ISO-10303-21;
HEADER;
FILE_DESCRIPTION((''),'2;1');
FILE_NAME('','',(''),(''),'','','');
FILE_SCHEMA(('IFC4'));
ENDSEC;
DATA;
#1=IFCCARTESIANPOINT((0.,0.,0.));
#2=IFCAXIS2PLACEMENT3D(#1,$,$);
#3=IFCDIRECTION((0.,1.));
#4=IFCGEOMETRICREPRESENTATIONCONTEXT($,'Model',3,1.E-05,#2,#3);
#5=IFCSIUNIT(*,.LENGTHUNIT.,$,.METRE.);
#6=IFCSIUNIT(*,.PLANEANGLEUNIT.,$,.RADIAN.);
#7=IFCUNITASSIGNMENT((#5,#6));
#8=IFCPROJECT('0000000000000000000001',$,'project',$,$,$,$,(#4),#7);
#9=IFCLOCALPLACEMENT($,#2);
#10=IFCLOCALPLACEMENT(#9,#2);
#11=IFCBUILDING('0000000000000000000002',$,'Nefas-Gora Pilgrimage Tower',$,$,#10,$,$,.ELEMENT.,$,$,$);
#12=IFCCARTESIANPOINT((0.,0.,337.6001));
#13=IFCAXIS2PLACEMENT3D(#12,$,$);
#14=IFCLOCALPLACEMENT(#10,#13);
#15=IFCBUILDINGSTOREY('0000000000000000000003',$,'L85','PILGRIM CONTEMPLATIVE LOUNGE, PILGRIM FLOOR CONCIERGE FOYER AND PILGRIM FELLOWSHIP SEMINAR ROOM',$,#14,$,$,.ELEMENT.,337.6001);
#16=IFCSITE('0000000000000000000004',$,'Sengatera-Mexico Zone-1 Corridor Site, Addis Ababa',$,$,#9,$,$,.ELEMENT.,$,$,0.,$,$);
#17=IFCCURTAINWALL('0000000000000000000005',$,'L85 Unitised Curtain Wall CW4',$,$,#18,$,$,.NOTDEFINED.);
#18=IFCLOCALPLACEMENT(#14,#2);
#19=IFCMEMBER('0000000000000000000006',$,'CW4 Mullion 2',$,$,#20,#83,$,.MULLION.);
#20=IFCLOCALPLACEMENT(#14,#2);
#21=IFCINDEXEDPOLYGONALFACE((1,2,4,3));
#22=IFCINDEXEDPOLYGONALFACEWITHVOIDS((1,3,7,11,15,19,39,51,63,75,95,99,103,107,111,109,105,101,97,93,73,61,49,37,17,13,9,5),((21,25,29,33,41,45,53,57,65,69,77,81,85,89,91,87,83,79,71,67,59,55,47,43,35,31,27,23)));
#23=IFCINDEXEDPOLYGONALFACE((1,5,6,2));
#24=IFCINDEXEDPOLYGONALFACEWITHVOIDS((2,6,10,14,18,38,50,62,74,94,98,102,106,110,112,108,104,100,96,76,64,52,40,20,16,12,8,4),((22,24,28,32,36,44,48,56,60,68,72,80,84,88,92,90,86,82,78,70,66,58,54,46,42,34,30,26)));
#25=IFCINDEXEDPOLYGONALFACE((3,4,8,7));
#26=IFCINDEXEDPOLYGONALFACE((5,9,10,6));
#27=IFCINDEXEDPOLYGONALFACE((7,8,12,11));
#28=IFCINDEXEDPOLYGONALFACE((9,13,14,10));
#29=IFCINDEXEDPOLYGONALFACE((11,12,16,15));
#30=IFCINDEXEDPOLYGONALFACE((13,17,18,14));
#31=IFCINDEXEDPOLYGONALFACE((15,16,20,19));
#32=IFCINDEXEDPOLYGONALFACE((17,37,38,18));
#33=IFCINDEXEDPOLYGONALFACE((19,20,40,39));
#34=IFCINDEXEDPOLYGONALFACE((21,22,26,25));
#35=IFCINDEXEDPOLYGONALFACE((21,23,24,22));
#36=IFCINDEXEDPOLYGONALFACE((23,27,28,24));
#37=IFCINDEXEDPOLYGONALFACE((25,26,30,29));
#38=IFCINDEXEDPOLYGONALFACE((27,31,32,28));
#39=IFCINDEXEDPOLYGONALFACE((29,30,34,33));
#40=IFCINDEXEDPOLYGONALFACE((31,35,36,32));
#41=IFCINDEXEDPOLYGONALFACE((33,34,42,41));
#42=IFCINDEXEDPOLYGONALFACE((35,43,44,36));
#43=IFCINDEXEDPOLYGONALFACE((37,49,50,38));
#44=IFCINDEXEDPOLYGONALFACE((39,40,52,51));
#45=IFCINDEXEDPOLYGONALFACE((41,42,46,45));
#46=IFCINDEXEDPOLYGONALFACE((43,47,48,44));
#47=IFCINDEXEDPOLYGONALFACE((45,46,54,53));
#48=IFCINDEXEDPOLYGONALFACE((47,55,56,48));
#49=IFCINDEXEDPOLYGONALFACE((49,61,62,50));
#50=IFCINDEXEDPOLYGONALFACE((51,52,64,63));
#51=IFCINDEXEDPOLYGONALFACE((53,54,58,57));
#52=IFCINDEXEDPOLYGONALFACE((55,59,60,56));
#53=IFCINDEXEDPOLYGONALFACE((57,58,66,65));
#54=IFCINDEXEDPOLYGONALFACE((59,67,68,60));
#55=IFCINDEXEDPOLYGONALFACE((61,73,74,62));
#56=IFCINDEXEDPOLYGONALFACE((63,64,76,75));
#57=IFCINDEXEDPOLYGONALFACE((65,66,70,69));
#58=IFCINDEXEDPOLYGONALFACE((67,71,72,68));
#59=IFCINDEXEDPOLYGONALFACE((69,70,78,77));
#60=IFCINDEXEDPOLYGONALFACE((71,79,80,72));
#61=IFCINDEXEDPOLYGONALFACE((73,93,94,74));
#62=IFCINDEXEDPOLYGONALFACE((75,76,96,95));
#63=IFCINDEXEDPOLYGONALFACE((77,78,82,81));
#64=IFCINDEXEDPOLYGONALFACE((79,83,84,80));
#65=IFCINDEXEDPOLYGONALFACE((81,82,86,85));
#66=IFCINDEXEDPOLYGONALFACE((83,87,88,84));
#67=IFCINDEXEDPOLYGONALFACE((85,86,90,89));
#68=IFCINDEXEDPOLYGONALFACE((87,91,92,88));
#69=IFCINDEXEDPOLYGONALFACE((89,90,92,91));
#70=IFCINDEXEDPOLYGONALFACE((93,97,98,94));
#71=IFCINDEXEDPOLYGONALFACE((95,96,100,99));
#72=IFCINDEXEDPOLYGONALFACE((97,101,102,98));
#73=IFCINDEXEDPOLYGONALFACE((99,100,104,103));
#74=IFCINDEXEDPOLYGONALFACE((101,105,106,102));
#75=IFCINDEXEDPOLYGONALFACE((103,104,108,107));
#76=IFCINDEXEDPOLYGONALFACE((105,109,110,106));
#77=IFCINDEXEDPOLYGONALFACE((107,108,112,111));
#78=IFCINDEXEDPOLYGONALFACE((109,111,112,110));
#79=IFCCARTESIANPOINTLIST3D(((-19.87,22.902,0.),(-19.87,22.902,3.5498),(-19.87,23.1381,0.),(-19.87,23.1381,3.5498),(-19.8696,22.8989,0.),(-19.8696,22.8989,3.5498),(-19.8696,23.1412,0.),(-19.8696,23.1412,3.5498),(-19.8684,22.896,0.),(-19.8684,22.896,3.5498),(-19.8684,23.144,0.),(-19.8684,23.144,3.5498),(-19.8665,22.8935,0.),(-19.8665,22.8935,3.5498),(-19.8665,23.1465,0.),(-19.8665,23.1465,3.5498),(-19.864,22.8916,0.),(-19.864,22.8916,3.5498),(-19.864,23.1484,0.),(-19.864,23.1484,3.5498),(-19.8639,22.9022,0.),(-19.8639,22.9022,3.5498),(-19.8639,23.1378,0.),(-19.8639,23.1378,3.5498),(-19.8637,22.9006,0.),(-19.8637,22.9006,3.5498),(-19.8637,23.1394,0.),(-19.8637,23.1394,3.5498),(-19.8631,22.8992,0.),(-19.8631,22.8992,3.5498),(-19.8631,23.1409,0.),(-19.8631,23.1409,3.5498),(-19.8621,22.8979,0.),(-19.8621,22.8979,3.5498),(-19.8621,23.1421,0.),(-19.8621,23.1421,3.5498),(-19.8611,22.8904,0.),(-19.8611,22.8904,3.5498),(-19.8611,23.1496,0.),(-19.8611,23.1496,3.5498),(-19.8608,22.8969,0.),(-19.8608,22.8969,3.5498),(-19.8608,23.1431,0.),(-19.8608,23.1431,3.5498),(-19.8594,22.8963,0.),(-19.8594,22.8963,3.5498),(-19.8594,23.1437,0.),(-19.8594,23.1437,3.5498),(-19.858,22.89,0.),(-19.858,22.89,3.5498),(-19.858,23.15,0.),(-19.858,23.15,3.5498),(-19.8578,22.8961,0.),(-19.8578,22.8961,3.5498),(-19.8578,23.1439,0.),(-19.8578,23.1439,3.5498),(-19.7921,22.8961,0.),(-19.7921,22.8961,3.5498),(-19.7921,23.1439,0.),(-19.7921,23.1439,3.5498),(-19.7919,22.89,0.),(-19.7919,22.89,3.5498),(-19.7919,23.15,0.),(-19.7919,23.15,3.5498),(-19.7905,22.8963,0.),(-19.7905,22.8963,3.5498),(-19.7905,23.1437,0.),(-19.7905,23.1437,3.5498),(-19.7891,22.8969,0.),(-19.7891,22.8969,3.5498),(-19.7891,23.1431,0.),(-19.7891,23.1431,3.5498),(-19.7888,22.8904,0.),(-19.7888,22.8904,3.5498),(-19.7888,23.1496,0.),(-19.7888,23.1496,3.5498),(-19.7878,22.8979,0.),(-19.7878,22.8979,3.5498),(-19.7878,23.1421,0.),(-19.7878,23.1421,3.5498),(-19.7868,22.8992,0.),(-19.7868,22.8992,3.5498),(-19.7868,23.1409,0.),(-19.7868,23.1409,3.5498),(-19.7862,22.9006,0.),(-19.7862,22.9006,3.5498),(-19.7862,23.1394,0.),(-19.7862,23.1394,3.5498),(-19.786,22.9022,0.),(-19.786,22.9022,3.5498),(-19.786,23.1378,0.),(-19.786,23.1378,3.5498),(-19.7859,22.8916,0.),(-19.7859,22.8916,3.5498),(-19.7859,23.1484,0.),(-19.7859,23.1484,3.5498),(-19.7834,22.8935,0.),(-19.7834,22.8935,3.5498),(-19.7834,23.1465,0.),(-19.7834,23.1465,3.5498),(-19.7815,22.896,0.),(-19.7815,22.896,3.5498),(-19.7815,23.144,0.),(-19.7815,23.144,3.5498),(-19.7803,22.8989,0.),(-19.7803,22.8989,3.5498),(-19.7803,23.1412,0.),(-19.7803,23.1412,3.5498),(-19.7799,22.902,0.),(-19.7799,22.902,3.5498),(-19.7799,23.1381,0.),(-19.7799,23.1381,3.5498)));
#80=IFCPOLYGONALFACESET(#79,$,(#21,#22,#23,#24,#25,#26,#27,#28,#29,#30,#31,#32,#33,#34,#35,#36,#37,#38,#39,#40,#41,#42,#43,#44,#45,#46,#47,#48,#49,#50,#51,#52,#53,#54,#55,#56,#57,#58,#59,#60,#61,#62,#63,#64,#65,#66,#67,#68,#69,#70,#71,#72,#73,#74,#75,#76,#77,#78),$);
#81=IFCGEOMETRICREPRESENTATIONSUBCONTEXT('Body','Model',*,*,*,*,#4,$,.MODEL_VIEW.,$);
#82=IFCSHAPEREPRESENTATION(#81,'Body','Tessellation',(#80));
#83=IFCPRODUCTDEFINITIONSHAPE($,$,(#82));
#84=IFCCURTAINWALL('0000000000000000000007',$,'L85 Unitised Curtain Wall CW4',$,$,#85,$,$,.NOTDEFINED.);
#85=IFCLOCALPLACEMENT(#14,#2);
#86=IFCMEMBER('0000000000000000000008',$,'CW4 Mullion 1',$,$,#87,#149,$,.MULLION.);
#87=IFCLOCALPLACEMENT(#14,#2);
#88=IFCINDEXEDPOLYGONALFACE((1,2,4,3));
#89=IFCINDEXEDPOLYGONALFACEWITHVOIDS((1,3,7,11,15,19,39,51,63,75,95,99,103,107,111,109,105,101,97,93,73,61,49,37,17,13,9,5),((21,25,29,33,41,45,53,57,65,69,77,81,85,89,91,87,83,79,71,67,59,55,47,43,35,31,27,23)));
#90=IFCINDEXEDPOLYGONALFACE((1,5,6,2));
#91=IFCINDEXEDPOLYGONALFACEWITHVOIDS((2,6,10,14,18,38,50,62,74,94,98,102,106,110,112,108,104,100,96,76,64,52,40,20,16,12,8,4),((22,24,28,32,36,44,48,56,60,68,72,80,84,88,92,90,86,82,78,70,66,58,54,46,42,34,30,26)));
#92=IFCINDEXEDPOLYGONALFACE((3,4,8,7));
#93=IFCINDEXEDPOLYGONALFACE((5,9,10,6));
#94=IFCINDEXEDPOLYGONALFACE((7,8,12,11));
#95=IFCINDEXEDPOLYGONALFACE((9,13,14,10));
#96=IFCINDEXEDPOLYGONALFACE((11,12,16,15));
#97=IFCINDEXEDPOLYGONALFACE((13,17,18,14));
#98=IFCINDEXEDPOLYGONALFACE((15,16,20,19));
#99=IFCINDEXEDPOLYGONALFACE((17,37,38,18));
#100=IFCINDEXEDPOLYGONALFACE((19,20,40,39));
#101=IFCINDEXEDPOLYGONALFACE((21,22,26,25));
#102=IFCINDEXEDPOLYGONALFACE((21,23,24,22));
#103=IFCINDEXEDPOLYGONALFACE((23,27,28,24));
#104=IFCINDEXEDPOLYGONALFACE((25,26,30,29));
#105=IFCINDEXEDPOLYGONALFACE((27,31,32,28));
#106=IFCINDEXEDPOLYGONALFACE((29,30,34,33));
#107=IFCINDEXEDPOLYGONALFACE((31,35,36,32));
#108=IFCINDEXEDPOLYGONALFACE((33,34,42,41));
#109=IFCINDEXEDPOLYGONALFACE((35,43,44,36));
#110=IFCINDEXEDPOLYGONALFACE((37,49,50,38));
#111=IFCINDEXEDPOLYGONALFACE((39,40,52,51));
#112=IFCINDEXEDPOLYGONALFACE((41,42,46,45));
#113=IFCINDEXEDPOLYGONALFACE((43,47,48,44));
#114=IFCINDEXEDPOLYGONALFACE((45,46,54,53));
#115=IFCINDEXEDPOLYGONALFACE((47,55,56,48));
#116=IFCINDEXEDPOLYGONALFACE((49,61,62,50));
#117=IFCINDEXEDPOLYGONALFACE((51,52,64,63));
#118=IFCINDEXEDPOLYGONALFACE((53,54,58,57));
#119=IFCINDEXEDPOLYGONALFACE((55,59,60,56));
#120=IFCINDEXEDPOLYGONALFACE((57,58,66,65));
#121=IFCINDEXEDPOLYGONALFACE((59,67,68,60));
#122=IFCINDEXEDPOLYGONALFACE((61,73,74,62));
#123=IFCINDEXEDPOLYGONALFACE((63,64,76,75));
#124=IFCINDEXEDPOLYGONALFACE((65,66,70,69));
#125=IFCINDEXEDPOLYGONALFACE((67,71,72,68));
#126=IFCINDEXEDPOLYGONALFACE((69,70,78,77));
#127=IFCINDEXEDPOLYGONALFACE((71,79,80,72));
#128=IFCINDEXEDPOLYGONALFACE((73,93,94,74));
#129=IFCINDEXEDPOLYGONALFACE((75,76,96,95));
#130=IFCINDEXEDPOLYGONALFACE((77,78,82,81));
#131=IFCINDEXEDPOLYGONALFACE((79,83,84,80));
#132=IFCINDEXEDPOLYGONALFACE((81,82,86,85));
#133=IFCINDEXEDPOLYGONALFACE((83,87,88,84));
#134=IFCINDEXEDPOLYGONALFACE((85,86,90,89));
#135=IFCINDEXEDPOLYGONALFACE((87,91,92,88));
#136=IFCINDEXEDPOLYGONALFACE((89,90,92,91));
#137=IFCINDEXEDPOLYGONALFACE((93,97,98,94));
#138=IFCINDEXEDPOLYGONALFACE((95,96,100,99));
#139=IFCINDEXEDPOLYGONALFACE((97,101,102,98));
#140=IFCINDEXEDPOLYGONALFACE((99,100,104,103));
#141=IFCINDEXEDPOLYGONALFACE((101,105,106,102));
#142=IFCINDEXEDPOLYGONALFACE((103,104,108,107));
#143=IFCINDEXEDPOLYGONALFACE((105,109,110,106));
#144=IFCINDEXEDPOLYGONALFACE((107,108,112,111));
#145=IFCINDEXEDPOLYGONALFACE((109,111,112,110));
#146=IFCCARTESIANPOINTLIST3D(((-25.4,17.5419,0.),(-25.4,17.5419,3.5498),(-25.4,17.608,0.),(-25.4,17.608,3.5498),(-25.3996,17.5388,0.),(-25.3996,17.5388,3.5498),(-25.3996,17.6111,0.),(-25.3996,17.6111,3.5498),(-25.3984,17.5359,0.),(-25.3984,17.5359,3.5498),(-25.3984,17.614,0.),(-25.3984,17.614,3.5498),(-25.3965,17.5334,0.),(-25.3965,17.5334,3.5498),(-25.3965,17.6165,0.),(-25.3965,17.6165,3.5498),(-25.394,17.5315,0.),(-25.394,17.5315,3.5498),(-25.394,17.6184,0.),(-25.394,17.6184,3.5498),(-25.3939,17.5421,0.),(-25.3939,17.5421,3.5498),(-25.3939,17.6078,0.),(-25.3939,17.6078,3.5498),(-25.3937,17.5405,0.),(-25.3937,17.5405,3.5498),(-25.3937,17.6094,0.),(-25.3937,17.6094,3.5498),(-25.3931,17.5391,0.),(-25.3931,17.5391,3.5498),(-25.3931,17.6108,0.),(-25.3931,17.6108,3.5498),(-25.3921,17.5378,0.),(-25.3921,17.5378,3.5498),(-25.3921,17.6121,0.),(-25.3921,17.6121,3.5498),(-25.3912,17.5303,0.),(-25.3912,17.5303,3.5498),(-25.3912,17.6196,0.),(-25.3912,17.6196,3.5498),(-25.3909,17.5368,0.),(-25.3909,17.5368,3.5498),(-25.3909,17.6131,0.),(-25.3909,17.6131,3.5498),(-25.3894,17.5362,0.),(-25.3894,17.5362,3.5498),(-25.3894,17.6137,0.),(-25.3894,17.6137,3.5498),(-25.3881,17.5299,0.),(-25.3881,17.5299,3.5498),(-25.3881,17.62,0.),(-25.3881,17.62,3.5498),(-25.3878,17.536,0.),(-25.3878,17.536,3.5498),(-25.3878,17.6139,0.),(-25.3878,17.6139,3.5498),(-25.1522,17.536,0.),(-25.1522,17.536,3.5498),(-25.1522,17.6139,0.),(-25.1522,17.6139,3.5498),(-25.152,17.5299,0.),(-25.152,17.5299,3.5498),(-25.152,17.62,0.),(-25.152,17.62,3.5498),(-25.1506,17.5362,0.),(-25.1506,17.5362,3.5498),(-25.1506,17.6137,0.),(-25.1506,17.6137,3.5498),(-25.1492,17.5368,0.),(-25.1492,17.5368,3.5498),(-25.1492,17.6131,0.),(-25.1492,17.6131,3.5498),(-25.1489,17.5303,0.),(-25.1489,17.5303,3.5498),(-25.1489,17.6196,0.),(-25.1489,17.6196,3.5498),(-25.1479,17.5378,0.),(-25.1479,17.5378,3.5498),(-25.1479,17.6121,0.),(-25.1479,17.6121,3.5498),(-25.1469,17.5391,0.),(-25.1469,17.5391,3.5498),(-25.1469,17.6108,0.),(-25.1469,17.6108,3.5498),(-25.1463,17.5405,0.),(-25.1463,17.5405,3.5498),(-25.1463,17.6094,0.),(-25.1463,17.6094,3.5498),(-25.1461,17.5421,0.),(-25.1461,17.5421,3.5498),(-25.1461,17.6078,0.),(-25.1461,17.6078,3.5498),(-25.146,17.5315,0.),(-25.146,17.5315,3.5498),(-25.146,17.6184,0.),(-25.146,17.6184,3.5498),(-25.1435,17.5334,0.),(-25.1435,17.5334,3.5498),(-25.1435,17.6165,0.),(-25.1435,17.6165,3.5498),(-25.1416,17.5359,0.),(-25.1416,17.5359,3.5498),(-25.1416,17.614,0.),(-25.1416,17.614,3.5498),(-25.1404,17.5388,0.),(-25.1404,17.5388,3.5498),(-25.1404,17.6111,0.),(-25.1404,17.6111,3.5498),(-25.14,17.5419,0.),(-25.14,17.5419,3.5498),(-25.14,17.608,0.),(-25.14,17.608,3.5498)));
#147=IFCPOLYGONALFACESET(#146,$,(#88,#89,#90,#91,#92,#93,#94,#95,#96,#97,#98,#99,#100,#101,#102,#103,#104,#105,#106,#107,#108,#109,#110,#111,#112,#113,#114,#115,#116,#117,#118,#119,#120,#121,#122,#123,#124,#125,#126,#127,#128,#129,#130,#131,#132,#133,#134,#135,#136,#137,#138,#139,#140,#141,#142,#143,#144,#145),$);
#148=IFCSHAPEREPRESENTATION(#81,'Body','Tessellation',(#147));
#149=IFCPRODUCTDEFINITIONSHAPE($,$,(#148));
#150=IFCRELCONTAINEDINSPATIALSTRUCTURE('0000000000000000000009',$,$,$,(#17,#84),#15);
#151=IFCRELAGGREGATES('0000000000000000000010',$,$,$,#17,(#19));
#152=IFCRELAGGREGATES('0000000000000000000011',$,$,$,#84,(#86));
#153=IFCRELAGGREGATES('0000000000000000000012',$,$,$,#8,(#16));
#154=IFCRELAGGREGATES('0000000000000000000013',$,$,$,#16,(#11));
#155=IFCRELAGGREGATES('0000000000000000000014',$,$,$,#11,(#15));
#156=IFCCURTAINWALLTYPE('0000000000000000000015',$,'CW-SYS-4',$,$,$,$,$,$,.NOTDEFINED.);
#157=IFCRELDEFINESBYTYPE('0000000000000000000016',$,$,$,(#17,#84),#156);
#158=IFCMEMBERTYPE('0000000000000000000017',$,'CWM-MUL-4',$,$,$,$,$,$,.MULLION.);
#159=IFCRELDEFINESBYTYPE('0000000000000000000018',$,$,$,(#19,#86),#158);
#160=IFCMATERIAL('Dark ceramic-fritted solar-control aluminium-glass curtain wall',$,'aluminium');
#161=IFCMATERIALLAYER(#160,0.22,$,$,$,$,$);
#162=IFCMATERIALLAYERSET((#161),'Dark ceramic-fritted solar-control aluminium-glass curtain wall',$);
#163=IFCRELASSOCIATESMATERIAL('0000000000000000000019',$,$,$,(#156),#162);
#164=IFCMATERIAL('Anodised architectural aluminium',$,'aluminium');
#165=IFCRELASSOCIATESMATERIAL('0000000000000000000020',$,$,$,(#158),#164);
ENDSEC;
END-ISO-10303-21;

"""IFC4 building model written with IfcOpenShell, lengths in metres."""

from ifc_helpers import new_model, si_unit, direction, frame, origin, origin_2d, place, context, subcontext, project, spatial, hollow_rectangle, extrude, source, transform, mapped, material, layer, layer_set, material_profile, profile_set, type_object, element, aggregate, save


model = new_model("IFC4")

# Units and contexts
model_context = context("Model", 3, precision=1e-05, world=origin(), true_north=direction((0.0, 1.0)))
body_context = subcontext(model_context, "Body", "Model", "MODEL_VIEW")
ifc_project = project(units=[si_unit("LENGTHUNIT", "METRE"), si_unit("PLANEANGLEUNIT", "RADIAN")], contexts=[model_context])

# Site, building, storey
site_placement = place(None, origin())
site = spatial("IfcSite", under=ifc_project, at=site_placement, Name="Sengatera-Mexico Zone-1 Corridor Site, Addis Ababa", CompositionType="ELEMENT", RefElevation=0.0)
building_placement = place(site_placement, origin())
building = spatial("IfcBuilding", under=site, at=building_placement, Name="Nefas-Gora Pilgrimage Tower", CompositionType="ELEMENT")
storey_placement = place(building_placement, frame((0.0, 0.0, 337.6001)))
storey = spatial("IfcBuildingStorey", under=building, at=storey_placement, Name="L85", Description="PILGRIM CONTEMPLATIVE LOUNGE, PILGRIM FLOOR CONCIERGE FOYER AND PILGRIM FELLOWSHIP SEMINAR ROOM", CompositionType="ELEMENT", Elevation=337.6001)

# Curtain wall, member
ifc_material_1 = material(Name="Dark ceramic-fritted solar-control aluminium-glass curtain wall", Category="aluminium")
ifc_layer_1 = layer(ifc_material_1, 0.22)
ifc_layer_set_1 = layer_set([ifc_layer_1], Name="Dark ceramic-fritted solar-control aluminium-glass curtain wall")
curtain_wall_type = type_object("IfcCurtainWallType", Name="CW-SYS-4", PredefinedType="NOTDEFINED", material=ifc_layer_set_1)
curtain_wall_1_placement = place(storey_placement, origin())
curtain_wall_1 = element("IfcCurtainWall", 1, at=curtain_wall_1_placement, inside=storey, type_object=curtain_wall_type, Name="L85 Unitised Curtain Wall CW4", PredefinedType="NOTDEFINED")
ifc_material_2 = material(Name="Anodised architectural aluminium", Category="aluminium")
ifc_material_profile_1 = material_profile(ifc_material_2, hollow_rectangle(XDim=0.0901, YDim=0.26, WallThickness=0.0061, InnerFilletRadius=0.0061, OuterFilletRadius=0.012, at=origin_2d()), Name="ALU MULLION 90x260")
ifc_profile_set_1 = profile_set([ifc_material_profile_1], Name="Anodised architectural aluminium")
member_type_1 = type_object("IfcMemberType", Name="CWM-MUL-4", PredefinedType="MULLION", material=ifc_profile_set_1)
shared_shape_1 = source(origin(), body_context, "Body", "SweptSolid", [
    extrude(hollow_rectangle(XDim=0.0901, YDim=0.26, WallThickness=0.0061, InnerFilletRadius=0.0061, OuterFilletRadius=0.012, at=origin_2d()), origin(), (0.0, 0.0, 1.0), 3.5498),
])
member_1_placement = place(storey_placement, frame((-19.825, 23.02, 0.0), z_axis=(0.0, 0.0, 1.0), x_axis=(-1.0, 0.0, 0.0)))
member_1 = element("IfcMember", 2, at=member_1_placement, type_object=member_type_1, Name="CW4 Mullion 2", PredefinedType="MULLION", context=body_context, shape_type="MappedRepresentation", body=[
    mapped(shared_shape_1, transform((0.0, 0.0, 0.0), x_axis=(1.0, 0.0, 0.0), y_axis=(0.0, 1.0, 0.0), z_axis=(0.0, 0.0, 1.0), scale=1.0)),
])
aggregate(curtain_wall_1, [member_1])

# Curtain wall, member
curtain_wall_2_placement = place(storey_placement, origin())
curtain_wall_2 = element("IfcCurtainWall", 3, at=curtain_wall_2_placement, inside=storey, type_object=curtain_wall_type, Name="L85 Unitised Curtain Wall CW4", PredefinedType="NOTDEFINED")
member_2_placement = place(storey_placement, frame((-25.27, 17.575, 0.0), z_axis=(0.0, 0.0, 1.0), x_axis=(0.0, -1.0, 0.0)))
member_2 = element("IfcMember", 4, at=member_2_placement, type_object=member_type_1, Name="CW4 Mullion 1", PredefinedType="MULLION", context=body_context, shape_type="MappedRepresentation", body=[
    mapped(shared_shape_1, transform((0.0, 0.0, 0.0), x_axis=(1.0, 0.0, 0.0), y_axis=(0.0, 1.0, 0.0), z_axis=(0.0, 0.0, 1.0), scale=1.0)),
])
aggregate(curtain_wall_2, [member_2])

save(model, "model.ifc")
